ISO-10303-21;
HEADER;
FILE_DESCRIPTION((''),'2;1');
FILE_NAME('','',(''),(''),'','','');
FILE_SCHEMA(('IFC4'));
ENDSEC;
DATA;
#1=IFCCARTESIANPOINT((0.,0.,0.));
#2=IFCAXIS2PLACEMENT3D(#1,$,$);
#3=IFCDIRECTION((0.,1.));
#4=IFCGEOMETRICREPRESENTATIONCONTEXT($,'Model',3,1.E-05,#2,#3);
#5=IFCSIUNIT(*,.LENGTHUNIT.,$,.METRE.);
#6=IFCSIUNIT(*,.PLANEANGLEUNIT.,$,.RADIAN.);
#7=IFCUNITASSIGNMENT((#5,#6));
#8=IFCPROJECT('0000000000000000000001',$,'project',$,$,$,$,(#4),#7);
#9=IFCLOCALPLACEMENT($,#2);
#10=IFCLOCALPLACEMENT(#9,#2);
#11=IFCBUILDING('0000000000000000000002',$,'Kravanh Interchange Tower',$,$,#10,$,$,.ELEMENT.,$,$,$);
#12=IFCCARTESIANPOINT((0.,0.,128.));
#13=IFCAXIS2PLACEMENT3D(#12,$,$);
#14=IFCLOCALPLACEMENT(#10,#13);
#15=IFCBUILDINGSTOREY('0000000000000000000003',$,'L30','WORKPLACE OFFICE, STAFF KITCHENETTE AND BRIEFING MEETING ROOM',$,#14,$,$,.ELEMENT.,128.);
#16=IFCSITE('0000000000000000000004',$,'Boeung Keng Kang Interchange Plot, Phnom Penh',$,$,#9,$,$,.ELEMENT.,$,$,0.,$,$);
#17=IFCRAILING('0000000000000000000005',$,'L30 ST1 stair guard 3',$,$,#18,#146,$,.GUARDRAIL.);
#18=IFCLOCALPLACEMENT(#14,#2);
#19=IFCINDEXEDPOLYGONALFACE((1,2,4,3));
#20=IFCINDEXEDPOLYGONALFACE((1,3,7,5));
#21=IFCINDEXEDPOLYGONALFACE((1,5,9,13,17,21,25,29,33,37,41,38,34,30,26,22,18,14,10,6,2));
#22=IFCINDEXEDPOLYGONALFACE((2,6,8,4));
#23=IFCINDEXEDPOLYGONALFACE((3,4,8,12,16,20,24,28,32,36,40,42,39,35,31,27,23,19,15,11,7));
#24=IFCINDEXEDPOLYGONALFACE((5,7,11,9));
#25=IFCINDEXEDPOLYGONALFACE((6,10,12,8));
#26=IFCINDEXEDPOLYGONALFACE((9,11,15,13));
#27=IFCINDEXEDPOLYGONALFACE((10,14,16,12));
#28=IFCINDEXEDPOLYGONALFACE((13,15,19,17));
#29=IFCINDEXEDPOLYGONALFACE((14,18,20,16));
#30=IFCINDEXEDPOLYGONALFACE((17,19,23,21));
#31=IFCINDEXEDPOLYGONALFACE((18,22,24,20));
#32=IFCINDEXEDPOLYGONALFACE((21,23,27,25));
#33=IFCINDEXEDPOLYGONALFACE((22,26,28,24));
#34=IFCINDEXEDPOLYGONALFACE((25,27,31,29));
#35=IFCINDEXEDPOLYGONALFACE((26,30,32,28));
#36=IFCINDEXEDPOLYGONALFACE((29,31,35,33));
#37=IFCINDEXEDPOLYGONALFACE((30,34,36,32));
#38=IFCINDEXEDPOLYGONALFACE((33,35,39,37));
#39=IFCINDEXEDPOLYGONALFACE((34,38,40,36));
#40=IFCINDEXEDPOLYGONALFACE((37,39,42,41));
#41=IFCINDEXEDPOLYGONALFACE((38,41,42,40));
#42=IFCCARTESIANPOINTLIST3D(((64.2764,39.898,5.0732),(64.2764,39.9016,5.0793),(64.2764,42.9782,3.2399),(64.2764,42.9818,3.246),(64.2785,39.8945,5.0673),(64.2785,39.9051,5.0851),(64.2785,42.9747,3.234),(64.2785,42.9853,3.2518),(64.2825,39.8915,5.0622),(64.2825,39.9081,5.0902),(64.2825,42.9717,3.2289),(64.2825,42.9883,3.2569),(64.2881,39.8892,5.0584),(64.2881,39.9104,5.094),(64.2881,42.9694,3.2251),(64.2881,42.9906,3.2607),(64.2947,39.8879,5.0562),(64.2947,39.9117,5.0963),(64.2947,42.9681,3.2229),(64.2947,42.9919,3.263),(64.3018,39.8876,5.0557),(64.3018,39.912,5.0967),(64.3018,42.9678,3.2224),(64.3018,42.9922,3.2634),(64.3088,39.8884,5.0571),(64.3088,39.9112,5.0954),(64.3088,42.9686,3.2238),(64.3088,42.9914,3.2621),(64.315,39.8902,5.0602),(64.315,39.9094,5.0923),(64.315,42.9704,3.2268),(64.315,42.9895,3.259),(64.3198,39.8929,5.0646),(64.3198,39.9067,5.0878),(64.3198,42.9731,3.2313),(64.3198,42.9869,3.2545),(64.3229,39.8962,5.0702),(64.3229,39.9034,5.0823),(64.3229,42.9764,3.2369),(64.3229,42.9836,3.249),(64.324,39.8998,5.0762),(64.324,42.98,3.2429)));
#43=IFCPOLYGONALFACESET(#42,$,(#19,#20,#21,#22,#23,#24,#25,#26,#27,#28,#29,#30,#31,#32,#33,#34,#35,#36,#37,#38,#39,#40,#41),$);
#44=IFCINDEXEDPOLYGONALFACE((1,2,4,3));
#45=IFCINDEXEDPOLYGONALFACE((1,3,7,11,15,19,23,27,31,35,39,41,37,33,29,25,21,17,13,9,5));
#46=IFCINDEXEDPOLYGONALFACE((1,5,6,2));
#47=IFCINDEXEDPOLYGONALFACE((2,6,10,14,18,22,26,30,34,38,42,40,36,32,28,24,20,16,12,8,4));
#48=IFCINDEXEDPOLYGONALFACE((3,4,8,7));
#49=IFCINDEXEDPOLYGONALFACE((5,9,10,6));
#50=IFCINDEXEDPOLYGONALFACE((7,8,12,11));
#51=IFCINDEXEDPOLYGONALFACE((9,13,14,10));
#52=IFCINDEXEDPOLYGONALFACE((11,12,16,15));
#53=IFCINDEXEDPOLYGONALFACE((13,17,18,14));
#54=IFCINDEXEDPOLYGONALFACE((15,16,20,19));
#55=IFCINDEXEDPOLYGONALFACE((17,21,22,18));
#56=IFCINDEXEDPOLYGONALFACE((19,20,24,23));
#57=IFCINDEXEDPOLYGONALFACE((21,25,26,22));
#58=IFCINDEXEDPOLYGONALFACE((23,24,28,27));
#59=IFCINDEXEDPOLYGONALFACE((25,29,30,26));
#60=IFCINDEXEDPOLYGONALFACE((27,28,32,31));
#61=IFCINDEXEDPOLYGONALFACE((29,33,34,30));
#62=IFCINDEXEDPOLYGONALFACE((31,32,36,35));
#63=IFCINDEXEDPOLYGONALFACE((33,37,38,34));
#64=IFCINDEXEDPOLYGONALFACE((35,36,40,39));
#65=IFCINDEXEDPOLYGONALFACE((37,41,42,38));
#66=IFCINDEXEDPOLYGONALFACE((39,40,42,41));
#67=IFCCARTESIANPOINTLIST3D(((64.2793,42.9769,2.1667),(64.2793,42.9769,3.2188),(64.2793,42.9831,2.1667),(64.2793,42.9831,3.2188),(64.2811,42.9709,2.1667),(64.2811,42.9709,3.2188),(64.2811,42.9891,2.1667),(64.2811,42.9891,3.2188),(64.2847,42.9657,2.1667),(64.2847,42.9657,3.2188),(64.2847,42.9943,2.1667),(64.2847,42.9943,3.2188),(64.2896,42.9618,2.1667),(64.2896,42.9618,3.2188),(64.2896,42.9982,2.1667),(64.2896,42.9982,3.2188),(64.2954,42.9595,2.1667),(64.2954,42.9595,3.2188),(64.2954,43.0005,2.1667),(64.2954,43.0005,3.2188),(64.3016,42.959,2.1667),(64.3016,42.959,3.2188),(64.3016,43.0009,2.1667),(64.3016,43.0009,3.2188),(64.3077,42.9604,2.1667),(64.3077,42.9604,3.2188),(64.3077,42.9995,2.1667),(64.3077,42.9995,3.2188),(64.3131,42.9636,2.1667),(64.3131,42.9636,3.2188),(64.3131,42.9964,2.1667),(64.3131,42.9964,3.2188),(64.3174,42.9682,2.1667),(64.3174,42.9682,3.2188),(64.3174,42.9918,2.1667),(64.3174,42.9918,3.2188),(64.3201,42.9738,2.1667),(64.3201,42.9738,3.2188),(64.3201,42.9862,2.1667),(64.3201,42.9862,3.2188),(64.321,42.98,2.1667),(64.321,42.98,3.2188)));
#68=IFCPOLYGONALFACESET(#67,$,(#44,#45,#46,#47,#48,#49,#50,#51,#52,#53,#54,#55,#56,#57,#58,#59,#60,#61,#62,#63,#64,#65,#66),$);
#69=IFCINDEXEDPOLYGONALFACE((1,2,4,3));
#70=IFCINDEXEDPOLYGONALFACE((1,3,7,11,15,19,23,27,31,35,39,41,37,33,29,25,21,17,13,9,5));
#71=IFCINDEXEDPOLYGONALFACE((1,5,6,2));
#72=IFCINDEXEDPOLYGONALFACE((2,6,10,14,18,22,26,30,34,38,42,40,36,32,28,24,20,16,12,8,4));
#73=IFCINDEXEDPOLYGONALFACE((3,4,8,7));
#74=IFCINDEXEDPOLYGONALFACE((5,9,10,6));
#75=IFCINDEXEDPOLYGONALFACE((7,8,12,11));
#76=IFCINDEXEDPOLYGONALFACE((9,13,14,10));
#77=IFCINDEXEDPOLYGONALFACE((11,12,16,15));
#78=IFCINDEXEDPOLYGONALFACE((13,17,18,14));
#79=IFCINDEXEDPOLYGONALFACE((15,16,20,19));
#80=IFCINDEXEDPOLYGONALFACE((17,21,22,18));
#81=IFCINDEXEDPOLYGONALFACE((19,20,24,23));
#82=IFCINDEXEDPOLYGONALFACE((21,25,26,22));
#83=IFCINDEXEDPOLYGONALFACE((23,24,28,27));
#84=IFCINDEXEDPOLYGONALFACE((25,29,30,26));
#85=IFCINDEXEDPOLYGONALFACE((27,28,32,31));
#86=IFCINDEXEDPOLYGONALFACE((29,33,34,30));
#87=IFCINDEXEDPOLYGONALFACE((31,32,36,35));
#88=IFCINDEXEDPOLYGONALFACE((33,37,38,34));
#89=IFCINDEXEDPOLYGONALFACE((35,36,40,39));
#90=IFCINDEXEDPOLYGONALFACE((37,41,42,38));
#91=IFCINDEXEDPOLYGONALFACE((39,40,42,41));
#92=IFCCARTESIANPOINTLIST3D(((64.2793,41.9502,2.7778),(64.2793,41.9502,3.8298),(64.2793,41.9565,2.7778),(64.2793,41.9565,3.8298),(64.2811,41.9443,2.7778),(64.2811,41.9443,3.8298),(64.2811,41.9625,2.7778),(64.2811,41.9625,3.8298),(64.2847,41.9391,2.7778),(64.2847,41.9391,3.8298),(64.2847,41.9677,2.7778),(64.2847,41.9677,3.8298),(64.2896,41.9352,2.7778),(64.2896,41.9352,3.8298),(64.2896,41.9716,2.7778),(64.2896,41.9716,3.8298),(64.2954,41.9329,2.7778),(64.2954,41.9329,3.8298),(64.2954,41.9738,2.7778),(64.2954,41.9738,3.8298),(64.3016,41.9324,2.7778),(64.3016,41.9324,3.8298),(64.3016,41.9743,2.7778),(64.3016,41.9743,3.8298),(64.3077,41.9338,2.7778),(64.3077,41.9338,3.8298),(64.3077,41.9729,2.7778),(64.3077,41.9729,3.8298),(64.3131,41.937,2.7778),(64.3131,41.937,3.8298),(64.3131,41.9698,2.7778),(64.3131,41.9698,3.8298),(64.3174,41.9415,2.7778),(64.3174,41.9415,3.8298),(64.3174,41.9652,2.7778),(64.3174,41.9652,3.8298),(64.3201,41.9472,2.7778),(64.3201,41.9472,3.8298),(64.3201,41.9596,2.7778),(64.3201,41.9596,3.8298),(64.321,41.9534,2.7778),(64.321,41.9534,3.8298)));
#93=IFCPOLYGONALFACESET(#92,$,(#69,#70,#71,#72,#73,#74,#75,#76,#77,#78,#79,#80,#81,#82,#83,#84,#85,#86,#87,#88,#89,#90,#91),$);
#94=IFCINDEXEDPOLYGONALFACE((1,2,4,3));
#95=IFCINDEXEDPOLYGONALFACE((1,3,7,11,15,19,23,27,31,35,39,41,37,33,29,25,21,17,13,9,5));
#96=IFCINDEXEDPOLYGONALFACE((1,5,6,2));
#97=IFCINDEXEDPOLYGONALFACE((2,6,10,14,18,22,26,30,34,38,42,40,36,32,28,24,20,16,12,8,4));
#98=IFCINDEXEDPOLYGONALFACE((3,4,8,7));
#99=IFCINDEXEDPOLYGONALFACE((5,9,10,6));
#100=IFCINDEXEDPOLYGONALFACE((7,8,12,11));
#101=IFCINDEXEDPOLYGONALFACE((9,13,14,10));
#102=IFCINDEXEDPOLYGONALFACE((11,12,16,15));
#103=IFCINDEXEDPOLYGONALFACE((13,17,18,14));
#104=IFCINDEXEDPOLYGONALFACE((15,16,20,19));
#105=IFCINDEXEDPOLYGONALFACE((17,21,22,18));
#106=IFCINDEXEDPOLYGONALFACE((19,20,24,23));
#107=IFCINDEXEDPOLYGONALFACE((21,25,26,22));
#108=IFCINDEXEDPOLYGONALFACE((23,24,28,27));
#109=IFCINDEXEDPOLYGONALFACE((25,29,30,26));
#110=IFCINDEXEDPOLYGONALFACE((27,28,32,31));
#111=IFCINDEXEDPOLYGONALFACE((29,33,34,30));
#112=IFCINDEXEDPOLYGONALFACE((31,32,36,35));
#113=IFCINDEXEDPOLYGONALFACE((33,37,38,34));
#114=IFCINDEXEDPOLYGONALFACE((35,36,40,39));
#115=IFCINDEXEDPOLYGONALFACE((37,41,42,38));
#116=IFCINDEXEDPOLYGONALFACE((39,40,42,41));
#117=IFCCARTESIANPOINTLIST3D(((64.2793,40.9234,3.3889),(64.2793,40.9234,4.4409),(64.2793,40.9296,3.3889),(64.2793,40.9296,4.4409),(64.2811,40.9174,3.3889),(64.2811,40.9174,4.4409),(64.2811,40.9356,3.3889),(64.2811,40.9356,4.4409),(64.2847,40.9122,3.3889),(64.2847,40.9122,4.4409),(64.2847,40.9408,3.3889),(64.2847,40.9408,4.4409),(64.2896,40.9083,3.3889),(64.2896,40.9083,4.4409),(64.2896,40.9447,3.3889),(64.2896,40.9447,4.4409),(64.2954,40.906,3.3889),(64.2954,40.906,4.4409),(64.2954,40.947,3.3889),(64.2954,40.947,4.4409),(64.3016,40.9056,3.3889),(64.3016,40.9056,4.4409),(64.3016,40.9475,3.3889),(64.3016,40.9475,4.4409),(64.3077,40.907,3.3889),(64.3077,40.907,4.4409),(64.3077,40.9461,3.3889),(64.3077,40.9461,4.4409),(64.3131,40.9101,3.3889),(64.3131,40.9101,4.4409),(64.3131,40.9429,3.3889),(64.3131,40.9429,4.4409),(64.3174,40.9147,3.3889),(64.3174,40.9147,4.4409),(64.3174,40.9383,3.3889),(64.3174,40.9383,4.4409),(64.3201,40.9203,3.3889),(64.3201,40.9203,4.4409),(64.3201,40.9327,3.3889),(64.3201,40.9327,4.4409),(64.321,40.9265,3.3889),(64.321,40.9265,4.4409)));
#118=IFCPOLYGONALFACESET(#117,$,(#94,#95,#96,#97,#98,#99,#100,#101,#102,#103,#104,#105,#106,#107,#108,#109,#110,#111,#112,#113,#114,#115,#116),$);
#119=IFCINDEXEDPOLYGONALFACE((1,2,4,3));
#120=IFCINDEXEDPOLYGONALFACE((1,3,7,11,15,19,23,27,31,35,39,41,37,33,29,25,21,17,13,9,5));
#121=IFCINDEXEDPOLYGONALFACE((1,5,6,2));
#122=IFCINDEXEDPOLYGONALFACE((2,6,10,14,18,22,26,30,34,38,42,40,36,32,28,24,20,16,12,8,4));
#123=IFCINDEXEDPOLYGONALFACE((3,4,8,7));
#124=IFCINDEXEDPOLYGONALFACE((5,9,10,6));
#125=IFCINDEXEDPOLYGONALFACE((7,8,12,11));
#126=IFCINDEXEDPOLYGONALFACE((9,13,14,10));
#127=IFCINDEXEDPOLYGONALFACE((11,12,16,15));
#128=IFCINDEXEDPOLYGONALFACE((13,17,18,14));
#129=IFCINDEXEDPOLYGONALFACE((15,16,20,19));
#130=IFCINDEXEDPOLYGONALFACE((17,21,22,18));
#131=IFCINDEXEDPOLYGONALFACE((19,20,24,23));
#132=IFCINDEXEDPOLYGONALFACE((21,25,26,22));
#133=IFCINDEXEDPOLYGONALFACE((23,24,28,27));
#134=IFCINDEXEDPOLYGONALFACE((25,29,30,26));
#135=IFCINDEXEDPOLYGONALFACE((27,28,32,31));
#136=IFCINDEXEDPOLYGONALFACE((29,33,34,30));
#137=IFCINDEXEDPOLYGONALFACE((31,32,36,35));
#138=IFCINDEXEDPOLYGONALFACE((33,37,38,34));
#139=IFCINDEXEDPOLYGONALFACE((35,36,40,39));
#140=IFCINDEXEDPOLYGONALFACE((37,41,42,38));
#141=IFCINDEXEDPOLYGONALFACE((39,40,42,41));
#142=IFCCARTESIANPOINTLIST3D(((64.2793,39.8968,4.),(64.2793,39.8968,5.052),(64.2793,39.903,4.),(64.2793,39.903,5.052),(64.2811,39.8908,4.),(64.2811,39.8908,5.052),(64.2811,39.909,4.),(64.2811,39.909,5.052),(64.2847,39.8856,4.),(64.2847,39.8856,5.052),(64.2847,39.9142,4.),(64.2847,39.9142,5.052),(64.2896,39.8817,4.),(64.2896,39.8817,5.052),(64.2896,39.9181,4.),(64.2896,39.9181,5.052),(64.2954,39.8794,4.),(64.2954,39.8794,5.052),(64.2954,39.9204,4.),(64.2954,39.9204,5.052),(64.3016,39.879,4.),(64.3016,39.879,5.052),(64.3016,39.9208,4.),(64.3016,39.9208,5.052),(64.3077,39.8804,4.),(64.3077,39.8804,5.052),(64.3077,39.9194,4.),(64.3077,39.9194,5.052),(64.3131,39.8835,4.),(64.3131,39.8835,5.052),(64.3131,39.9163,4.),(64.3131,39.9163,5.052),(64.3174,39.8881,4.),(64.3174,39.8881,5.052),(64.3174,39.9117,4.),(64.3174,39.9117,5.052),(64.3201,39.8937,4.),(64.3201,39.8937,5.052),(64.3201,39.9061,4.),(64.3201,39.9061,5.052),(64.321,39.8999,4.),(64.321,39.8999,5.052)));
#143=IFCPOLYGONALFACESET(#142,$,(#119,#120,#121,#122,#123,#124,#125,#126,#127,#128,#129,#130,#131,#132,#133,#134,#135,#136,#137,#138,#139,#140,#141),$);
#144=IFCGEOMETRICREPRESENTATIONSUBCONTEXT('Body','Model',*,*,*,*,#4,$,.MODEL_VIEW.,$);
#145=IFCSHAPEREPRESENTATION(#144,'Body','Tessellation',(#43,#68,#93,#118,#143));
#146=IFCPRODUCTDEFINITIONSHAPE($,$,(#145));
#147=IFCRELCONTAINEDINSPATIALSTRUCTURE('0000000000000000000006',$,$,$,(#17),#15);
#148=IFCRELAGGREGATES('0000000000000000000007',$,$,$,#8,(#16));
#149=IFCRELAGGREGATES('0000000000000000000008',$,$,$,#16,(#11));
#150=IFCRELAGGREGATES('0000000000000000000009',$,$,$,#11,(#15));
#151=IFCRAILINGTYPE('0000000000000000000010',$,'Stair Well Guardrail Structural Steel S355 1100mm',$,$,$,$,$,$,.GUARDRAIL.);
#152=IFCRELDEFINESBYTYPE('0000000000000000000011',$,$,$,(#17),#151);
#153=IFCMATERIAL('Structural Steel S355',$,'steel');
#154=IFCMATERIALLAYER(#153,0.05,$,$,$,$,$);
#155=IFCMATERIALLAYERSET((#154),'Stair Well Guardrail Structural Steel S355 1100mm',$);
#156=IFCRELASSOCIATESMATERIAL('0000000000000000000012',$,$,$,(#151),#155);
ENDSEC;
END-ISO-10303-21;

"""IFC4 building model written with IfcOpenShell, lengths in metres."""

from ifc_helpers import new_model, si_unit, direction, frame, origin, origin_2d, place, context, subcontext, project, spatial, circle, extrude, material, layer, layer_set, type_object, element, save


model = new_model("IFC4")

# Units and contexts
model_context = context("Model", 3, precision=1e-05, world=origin(), true_north=direction((0.0, 1.0)))
body_context = subcontext(model_context, "Body", "Model", "MODEL_VIEW")
ifc_project = project(units=[si_unit("LENGTHUNIT", "METRE"), si_unit("PLANEANGLEUNIT", "RADIAN")], contexts=[model_context])

# Site, building, storey
site_placement = place(None, origin())
site = spatial("IfcSite", under=ifc_project, at=site_placement, Name="Boeung Keng Kang Interchange Plot, Phnom Penh", CompositionType="ELEMENT", RefElevation=0.0)
building_placement = place(site_placement, origin())
building = spatial("IfcBuilding", under=site, at=building_placement, Name="Kravanh Interchange Tower", CompositionType="ELEMENT")
storey_placement = place(building_placement, frame((0.0, 0.0, 128.0)))
storey = spatial("IfcBuildingStorey", under=building, at=storey_placement, Name="L30", Description="WORKPLACE OFFICE, STAFF KITCHENETTE AND BRIEFING MEETING ROOM", CompositionType="ELEMENT", Elevation=128.0)

# Railing
ifc_material_1 = material(Name="Structural Steel S355", Category="steel")
ifc_layer_1 = layer(ifc_material_1, 0.05)
ifc_layer_set_1 = layer_set([ifc_layer_1], Name="Stair Well Guardrail Structural Steel S355 1100mm")
railing_type_1 = type_object("IfcRailingType", Name="Stair Well Guardrail Structural Steel S355 1100mm", PredefinedType="GUARDRAIL", material=ifc_layer_set_1)
railing_1_placement = place(storey_placement, frame((64.3, 42.98, 2.1667)))
element("IfcRailing", 1, at=railing_1_placement, inside=storey, type_object=railing_type_1, Name="L30 ST1 stair guard 3", PredefinedType="GUARDRAIL", context=body_context, shape_type="SweptSolid", body=[
    extrude(circle(Radius=0.0239, at=origin_2d()), frame((0.0, 0.0, 1.0762), z_axis=(0.0, -0.859309, 0.511458), x_axis=(1.0, 0.0, 0.0)), (0.0, 0.0, 1.0), 3.5845),
    extrude(circle(Radius=0.021, at=origin_2d()), origin(), (0.0, 0.0, 1.0), 1.052),
    extrude(circle(Radius=0.021, at=origin_2d()), frame((0.0, -1.0266, 0.6111)), (0.0, 0.0, 1.0), 1.052),
    extrude(circle(Radius=0.021, at=origin_2d()), frame((0.0, -2.0535, 1.2222)), (0.0, 0.0, 1.0), 1.052),
    extrude(circle(Radius=0.021, at=origin_2d()), frame((0.0, -3.0801, 1.8333)), (0.0, 0.0, 1.0), 1.052),
])

save(model, "model.ifc")
